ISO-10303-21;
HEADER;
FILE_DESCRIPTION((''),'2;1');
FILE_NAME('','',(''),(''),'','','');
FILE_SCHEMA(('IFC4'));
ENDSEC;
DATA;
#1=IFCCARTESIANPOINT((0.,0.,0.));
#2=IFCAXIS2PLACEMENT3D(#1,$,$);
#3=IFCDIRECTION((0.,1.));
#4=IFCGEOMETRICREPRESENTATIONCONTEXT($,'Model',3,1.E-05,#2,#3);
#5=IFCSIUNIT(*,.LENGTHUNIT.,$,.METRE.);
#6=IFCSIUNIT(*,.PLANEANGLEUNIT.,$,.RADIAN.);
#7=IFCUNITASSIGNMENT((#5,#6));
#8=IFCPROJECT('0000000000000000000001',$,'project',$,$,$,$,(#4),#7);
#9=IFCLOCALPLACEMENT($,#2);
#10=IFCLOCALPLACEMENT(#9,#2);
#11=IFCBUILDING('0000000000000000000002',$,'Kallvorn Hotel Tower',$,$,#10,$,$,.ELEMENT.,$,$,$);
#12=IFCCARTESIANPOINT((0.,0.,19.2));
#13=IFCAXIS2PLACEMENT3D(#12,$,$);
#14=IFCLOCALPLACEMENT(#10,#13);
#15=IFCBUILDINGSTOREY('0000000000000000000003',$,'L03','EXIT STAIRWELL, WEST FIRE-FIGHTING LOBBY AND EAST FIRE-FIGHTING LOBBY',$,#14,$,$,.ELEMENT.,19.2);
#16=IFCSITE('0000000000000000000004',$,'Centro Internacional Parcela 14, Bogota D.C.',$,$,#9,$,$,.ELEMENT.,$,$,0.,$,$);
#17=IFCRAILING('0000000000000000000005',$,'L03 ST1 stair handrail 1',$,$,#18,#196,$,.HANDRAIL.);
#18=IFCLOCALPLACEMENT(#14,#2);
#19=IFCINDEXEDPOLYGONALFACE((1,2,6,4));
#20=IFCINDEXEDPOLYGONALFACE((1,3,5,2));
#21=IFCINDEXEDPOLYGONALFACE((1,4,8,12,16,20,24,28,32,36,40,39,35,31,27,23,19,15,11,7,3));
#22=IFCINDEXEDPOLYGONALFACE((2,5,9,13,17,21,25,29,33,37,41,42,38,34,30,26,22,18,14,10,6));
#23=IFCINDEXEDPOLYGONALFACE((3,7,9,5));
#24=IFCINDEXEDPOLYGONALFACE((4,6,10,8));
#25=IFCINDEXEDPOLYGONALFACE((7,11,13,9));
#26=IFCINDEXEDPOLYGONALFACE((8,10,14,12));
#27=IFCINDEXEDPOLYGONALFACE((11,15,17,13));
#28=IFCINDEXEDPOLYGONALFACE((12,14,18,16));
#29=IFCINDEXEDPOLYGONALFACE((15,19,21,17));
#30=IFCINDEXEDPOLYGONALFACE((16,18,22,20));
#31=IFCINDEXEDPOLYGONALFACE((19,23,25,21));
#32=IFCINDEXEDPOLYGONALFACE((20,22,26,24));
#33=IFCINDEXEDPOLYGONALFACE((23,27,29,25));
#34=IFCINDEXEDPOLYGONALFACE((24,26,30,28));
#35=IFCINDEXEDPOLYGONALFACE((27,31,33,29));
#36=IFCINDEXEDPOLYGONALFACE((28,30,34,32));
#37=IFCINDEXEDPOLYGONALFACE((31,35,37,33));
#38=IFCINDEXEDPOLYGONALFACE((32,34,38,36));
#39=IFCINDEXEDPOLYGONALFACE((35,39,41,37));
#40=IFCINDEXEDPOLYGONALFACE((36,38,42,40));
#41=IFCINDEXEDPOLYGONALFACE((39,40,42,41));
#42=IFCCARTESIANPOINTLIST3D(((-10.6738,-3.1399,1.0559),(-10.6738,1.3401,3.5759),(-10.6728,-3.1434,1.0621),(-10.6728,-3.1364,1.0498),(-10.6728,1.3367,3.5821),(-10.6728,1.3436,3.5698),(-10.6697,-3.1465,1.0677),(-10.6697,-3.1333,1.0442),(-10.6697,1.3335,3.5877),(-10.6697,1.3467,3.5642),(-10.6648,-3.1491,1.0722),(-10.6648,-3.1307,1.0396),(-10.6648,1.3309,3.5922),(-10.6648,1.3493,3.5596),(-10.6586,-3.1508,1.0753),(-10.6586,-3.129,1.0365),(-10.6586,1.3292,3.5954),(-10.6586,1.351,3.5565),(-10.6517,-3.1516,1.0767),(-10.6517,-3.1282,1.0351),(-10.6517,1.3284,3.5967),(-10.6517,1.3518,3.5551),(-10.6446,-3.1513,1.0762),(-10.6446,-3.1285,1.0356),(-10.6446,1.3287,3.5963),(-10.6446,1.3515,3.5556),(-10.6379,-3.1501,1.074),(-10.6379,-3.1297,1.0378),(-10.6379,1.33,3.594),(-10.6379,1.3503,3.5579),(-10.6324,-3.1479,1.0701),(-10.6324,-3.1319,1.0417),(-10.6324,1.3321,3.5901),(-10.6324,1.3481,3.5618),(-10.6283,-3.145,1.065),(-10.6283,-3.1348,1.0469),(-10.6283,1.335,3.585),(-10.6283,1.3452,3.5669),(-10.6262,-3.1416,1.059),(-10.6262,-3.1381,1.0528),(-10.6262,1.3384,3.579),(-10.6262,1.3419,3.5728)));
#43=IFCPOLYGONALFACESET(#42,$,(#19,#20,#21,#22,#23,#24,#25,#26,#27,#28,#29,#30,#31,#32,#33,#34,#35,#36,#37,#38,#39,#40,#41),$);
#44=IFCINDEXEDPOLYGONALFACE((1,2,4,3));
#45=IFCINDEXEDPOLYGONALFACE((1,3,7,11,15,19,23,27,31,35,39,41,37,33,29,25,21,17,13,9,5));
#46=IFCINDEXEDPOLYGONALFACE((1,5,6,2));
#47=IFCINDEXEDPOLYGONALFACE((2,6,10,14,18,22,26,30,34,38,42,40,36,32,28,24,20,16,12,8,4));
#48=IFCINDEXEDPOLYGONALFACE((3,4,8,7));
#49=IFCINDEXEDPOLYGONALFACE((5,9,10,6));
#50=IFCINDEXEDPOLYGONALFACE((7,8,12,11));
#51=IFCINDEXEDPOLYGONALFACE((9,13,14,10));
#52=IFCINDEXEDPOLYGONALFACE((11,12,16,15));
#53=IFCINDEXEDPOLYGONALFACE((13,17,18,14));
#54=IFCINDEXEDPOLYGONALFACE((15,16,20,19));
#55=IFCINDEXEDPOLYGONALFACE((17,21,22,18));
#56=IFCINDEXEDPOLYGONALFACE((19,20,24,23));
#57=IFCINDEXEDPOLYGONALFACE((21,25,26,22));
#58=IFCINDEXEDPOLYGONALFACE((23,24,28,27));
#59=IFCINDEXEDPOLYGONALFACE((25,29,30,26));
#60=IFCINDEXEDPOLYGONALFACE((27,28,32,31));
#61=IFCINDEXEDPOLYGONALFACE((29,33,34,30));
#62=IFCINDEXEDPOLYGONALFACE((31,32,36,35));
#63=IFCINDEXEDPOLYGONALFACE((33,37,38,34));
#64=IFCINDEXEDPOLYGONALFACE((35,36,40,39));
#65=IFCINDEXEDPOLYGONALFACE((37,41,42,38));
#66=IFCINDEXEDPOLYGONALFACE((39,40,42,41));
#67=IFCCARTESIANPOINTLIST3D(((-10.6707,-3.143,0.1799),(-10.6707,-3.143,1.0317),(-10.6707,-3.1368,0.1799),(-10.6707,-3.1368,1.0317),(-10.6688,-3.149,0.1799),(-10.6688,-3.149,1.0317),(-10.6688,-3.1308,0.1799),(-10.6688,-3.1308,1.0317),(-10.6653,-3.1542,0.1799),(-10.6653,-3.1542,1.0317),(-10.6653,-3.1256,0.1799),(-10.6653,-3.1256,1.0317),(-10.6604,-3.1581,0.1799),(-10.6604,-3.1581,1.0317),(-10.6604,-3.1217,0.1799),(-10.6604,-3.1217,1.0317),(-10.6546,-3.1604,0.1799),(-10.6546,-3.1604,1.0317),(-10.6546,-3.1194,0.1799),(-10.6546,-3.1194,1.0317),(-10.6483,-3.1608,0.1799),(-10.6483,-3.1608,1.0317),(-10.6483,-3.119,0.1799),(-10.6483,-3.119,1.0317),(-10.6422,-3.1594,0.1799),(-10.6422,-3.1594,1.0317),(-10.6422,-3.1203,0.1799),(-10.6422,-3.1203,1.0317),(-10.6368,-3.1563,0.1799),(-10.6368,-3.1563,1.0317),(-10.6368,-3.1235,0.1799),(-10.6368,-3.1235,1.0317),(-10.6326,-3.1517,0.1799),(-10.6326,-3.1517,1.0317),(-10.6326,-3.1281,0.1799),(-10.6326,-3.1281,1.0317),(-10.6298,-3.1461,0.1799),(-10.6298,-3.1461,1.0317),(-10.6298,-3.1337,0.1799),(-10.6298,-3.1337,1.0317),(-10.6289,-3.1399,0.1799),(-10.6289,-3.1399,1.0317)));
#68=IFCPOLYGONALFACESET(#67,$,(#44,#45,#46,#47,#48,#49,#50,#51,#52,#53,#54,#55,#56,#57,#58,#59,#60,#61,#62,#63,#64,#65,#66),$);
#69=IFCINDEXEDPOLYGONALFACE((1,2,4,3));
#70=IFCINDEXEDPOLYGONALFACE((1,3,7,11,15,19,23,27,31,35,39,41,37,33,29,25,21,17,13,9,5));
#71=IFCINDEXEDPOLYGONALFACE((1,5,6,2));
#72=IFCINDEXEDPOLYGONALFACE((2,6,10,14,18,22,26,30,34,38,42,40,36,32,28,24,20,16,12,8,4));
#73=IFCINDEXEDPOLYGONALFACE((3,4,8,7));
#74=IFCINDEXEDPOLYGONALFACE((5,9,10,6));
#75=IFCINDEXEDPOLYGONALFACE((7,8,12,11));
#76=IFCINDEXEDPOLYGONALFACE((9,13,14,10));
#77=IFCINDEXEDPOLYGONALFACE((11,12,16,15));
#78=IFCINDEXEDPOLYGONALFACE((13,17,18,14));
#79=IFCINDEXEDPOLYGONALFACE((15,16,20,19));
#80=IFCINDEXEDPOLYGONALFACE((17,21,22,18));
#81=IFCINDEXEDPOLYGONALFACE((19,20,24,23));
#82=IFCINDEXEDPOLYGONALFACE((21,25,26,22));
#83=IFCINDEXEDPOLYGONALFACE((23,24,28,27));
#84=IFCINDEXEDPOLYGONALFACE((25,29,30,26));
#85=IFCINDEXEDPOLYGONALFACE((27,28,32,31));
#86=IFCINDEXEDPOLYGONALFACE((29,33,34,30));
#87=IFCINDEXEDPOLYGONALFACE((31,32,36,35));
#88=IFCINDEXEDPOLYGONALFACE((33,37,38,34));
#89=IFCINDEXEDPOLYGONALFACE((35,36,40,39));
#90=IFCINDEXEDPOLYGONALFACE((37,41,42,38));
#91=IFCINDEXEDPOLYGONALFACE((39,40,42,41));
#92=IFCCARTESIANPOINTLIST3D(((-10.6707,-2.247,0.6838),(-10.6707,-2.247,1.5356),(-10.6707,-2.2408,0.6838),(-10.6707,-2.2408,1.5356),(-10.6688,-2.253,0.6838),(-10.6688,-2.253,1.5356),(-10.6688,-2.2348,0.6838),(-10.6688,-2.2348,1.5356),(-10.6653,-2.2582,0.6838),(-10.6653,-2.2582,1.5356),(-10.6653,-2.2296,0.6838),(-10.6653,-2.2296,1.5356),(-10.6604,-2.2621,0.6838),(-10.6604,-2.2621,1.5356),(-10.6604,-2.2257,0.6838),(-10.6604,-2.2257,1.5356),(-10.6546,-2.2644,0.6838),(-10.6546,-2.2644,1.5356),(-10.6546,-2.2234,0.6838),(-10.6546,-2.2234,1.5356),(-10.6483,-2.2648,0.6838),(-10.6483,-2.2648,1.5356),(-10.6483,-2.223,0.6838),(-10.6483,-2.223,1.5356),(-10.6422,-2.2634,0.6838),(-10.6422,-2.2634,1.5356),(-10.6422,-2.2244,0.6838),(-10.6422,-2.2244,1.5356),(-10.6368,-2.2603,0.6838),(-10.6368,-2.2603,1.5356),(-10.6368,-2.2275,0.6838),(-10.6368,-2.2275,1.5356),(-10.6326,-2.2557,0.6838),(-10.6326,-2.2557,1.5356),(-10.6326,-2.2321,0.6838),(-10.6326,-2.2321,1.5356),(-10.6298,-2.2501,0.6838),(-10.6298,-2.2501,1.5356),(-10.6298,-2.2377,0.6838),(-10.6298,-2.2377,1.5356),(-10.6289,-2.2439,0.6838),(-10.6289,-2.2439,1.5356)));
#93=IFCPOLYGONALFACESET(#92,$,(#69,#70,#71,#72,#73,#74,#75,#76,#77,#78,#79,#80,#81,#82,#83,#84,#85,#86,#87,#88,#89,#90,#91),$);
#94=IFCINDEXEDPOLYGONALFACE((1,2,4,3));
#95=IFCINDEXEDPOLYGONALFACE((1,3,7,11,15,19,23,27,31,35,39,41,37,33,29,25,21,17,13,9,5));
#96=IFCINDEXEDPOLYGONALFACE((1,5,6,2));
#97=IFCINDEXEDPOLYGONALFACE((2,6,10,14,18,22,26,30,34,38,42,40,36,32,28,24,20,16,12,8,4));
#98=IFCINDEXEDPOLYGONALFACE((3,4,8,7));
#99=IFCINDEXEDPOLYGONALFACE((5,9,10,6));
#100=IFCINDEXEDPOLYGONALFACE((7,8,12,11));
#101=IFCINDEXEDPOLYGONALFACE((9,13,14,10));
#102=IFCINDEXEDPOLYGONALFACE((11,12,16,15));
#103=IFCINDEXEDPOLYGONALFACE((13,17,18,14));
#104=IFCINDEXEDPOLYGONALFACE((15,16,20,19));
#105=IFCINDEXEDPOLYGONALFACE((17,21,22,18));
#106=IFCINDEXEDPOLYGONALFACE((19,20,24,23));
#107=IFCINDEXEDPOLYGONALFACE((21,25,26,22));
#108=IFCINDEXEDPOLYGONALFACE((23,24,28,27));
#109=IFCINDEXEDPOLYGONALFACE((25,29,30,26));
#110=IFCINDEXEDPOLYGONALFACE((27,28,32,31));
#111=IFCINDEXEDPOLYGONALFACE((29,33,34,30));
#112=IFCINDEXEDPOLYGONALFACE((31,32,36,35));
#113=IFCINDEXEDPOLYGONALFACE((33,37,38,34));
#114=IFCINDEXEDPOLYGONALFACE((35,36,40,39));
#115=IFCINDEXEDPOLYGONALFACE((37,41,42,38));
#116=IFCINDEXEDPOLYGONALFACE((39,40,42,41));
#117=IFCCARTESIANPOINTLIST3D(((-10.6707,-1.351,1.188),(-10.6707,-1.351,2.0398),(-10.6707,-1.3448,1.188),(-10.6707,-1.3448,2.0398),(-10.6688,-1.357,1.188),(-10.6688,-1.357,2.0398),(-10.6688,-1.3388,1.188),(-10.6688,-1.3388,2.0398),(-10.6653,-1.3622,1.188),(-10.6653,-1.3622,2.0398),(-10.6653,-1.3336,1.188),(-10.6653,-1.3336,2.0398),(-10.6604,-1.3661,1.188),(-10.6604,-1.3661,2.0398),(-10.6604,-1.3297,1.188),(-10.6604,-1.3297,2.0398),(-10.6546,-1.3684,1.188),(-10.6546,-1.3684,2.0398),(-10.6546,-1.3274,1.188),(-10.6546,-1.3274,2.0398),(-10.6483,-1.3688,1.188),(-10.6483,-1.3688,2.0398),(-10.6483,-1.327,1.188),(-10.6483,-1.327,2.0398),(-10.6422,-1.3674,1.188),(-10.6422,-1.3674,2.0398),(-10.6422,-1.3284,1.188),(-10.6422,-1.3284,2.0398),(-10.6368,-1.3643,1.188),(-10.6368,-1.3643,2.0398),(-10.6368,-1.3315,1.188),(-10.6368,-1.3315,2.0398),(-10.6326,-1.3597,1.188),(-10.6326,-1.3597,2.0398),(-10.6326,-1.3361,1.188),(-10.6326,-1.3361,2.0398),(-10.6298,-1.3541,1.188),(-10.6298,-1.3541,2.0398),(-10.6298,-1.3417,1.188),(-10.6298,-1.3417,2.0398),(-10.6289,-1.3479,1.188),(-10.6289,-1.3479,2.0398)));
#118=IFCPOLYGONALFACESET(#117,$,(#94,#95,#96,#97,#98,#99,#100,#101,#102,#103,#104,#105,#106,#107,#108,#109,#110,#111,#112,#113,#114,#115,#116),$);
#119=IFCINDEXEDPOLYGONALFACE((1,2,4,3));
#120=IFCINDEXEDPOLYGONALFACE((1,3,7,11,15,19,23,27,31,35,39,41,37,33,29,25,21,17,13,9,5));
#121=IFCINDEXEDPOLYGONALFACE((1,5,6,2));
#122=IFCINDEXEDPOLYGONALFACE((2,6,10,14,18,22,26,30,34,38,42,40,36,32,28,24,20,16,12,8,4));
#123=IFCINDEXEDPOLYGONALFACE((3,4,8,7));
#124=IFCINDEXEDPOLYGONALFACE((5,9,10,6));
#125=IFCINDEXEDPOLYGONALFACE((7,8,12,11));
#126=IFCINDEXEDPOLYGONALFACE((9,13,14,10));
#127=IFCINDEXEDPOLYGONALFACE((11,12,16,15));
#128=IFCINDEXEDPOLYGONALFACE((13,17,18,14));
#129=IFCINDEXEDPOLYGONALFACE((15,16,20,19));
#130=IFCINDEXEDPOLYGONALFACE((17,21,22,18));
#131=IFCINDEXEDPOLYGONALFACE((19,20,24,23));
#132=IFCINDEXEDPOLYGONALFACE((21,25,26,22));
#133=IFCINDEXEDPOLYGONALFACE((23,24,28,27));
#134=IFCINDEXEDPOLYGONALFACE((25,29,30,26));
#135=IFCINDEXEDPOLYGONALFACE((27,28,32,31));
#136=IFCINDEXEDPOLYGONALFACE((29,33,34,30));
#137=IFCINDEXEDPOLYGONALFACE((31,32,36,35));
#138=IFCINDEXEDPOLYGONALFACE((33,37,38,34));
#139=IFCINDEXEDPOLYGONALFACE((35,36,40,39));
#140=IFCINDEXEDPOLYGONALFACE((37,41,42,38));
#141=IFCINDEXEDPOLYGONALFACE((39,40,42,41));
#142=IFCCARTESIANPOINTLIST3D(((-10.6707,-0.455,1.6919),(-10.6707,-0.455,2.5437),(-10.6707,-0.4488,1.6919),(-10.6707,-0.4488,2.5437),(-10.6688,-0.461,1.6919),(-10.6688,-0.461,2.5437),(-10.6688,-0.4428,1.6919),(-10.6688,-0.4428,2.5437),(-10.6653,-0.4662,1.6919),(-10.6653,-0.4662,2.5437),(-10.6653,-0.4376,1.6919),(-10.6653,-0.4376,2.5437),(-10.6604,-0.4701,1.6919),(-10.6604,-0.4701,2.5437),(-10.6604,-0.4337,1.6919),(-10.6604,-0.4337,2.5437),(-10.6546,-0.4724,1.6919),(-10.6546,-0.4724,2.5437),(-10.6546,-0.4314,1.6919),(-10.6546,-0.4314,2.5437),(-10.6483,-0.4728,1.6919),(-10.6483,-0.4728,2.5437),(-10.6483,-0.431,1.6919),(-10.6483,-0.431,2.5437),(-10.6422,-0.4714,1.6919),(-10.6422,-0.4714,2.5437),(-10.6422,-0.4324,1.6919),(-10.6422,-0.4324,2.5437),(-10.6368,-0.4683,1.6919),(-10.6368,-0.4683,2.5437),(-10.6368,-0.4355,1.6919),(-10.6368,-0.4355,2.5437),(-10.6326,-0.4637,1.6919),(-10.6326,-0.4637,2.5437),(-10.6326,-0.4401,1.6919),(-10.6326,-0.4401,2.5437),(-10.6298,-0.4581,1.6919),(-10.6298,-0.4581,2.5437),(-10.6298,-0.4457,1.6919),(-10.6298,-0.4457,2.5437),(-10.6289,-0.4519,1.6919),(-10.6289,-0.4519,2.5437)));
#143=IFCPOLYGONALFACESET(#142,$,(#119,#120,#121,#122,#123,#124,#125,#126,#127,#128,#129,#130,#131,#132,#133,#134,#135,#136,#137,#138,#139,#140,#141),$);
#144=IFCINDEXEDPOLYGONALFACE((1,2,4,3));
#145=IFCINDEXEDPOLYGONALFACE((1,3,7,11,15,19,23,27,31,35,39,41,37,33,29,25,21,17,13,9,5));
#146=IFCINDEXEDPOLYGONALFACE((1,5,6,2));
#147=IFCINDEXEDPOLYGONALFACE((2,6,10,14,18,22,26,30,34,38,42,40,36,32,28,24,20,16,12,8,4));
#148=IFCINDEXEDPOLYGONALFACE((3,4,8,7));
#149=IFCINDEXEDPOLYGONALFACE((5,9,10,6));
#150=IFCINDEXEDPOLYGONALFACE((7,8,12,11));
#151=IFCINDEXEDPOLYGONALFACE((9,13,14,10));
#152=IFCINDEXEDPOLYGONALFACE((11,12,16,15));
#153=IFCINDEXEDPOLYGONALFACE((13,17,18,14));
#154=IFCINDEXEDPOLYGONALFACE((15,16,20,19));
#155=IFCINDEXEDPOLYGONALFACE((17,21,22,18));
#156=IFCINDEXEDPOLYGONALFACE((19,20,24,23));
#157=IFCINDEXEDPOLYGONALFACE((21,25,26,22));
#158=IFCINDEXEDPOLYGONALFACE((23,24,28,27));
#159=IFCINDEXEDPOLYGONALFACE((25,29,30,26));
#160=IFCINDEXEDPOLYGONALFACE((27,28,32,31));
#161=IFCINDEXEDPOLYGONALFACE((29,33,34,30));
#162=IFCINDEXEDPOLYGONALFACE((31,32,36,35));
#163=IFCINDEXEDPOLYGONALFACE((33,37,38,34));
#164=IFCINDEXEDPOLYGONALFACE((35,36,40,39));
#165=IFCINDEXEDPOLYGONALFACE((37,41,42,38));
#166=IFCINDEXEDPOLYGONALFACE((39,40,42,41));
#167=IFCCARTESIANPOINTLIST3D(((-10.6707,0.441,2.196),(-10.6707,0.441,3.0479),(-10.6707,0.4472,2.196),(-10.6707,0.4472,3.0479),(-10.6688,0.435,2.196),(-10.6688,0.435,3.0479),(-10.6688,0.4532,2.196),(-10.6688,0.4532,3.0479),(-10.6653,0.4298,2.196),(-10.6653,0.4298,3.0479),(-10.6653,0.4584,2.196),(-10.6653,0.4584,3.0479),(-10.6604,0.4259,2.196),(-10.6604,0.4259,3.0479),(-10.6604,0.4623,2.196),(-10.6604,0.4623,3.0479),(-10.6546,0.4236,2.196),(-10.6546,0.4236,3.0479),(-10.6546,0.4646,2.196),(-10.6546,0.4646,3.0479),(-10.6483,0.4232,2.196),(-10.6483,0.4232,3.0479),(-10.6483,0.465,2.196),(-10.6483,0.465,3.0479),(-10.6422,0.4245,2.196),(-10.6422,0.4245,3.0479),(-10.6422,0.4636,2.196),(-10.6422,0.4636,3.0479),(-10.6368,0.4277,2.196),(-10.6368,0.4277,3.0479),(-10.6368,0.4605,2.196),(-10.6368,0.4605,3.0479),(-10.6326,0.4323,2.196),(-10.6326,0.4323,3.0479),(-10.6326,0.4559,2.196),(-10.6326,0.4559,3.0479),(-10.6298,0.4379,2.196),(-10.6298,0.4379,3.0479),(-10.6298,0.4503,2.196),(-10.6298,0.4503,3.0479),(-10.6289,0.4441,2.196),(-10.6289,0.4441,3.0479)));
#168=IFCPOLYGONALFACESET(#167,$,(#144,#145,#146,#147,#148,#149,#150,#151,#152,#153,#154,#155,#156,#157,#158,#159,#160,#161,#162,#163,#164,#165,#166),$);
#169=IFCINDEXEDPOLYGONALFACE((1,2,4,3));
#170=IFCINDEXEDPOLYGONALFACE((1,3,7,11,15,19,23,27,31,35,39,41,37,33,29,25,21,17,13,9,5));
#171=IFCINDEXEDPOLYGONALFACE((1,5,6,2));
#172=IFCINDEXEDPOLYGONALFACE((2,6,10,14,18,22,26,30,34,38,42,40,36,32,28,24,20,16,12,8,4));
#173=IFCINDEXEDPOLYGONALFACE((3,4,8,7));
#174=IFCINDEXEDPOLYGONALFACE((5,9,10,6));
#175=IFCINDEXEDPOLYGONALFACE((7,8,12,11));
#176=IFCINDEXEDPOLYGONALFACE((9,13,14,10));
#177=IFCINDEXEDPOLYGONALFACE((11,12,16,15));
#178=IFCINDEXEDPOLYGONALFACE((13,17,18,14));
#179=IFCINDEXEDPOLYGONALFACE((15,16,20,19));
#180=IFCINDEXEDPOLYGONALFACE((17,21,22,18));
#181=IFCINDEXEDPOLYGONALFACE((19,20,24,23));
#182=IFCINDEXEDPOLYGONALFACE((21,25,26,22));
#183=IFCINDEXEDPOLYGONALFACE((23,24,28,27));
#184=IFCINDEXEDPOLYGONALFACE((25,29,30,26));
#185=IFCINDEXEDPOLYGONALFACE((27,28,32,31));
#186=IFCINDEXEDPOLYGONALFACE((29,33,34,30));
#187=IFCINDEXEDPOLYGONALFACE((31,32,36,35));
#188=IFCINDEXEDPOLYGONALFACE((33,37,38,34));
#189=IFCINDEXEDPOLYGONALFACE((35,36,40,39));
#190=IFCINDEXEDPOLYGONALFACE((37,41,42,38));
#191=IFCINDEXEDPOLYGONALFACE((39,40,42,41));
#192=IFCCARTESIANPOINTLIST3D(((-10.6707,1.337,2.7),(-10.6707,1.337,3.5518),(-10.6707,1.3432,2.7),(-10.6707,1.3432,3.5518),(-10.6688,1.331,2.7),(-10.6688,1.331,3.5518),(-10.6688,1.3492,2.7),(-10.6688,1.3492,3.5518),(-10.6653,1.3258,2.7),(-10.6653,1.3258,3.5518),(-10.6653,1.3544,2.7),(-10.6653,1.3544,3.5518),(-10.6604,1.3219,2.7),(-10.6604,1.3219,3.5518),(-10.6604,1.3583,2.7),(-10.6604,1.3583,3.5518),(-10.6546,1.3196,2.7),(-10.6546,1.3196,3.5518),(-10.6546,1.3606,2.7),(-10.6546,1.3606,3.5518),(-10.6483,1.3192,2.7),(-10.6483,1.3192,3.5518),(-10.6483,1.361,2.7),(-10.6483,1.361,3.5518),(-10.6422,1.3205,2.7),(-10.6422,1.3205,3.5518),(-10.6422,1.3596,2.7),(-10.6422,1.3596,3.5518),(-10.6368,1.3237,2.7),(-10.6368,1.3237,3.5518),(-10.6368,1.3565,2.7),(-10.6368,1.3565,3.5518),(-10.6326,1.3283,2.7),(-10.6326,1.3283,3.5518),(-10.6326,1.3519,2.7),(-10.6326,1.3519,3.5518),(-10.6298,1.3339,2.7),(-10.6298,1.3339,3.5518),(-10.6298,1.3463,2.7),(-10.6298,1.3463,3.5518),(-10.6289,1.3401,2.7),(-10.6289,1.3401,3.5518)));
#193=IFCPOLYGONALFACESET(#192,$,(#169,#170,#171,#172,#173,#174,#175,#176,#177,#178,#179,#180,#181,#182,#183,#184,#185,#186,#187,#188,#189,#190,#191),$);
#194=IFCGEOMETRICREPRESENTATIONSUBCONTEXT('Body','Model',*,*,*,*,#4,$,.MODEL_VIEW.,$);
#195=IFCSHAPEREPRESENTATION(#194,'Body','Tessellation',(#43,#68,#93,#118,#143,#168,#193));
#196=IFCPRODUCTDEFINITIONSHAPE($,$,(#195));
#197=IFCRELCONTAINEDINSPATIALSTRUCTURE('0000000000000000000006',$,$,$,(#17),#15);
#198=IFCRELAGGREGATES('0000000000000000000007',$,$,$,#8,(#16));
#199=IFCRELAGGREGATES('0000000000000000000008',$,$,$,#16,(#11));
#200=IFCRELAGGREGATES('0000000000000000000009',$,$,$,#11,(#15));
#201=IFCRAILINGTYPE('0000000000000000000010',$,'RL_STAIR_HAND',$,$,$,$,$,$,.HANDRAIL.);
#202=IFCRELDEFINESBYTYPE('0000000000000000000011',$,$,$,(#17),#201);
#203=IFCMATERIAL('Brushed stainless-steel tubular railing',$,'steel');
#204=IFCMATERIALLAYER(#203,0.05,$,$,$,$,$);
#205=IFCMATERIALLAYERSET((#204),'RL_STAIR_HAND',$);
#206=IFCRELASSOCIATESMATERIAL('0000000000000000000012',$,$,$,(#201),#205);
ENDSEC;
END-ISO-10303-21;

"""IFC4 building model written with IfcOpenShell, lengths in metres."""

from ifc_helpers import new_model, si_unit, direction, frame, origin, origin_2d, place, context, subcontext, project, spatial, circle, extrude, material, layer, layer_set, type_object, element, save


model = new_model("IFC4")

# Units and contexts
model_context = context("Model", 3, precision=1e-05, world=origin(), true_north=direction((0.0, 1.0)))
body_context = subcontext(model_context, "Body", "Model", "MODEL_VIEW")
ifc_project = project(units=[si_unit("LENGTHUNIT", "METRE"), si_unit("PLANEANGLEUNIT", "RADIAN")], contexts=[model_context])

# Site, building, storey
site_placement = place(None, origin())
site = spatial("IfcSite", under=ifc_project, at=site_placement, Name="Centro Internacional Parcela 14, Bogota D.C.", CompositionType="ELEMENT", RefElevation=0.0)
building_placement = place(site_placement, origin())
building = spatial("IfcBuilding", under=site, at=building_placement, Name="Kallvorn Hotel Tower", CompositionType="ELEMENT")
storey_placement = place(building_placement, frame((0.0, 0.0, 19.2)))
storey = spatial("IfcBuildingStorey", under=building, at=storey_placement, Name="L03", Description="EXIT STAIRWELL, WEST FIRE-FIGHTING LOBBY AND EAST FIRE-FIGHTING LOBBY", CompositionType="ELEMENT", Elevation=19.2)

# Railing
ifc_material_1 = material(Name="Brushed stainless-steel tubular railing", Category="steel")
ifc_layer_1 = layer(ifc_material_1, 0.05)
ifc_layer_set_1 = layer_set([ifc_layer_1], Name="RL_STAIR_HAND")
railing_type_1 = type_object("IfcRailingType", Name="RL_STAIR_HAND", PredefinedType="HANDRAIL", material=ifc_layer_set_1)
railing_1_placement = place(storey_placement, frame((-10.6499, -3.1399, 0.1799)))
element("IfcRailing", 1, at=railing_1_placement, inside=storey, type_object=railing_type_1, Name="L03 ST1 stair handrail 1", PredefinedType="HANDRAIL", context=body_context, shape_type="SweptSolid", body=[
    extrude(circle(Radius=0.0239, at=origin_2d()), frame((0.0, 0.0, 0.876), z_axis=(0.0, 0.871573, 0.490266), x_axis=(-1.0, 0.0, 0.0)), (0.0, 0.0, 1.0), 5.1401),
    extrude(circle(Radius=0.021, at=origin_2d()), origin(), (0.0, 0.0, 1.0), 0.8518),
    extrude(circle(Radius=0.021, at=origin_2d()), frame((0.0, 0.896, 0.5039)), (0.0, 0.0, 1.0), 0.8518),
    extrude(circle(Radius=0.021, at=origin_2d()), frame((0.0, 1.792, 1.0081)), (0.0, 0.0, 1.0), 0.8518),
    extrude(circle(Radius=0.021, at=origin_2d()), frame((0.0, 2.688, 1.512)), (0.0, 0.0, 1.0), 0.8518),
    extrude(circle(Radius=0.021, at=origin_2d()), frame((0.0, 3.584, 2.0161)), (0.0, 0.0, 1.0), 0.8518),
    extrude(circle(Radius=0.021, at=origin_2d()), frame((0.0, 4.48, 2.52)), (0.0, 0.0, 1.0), 0.8518),
])

save(model, "model.ifc")
